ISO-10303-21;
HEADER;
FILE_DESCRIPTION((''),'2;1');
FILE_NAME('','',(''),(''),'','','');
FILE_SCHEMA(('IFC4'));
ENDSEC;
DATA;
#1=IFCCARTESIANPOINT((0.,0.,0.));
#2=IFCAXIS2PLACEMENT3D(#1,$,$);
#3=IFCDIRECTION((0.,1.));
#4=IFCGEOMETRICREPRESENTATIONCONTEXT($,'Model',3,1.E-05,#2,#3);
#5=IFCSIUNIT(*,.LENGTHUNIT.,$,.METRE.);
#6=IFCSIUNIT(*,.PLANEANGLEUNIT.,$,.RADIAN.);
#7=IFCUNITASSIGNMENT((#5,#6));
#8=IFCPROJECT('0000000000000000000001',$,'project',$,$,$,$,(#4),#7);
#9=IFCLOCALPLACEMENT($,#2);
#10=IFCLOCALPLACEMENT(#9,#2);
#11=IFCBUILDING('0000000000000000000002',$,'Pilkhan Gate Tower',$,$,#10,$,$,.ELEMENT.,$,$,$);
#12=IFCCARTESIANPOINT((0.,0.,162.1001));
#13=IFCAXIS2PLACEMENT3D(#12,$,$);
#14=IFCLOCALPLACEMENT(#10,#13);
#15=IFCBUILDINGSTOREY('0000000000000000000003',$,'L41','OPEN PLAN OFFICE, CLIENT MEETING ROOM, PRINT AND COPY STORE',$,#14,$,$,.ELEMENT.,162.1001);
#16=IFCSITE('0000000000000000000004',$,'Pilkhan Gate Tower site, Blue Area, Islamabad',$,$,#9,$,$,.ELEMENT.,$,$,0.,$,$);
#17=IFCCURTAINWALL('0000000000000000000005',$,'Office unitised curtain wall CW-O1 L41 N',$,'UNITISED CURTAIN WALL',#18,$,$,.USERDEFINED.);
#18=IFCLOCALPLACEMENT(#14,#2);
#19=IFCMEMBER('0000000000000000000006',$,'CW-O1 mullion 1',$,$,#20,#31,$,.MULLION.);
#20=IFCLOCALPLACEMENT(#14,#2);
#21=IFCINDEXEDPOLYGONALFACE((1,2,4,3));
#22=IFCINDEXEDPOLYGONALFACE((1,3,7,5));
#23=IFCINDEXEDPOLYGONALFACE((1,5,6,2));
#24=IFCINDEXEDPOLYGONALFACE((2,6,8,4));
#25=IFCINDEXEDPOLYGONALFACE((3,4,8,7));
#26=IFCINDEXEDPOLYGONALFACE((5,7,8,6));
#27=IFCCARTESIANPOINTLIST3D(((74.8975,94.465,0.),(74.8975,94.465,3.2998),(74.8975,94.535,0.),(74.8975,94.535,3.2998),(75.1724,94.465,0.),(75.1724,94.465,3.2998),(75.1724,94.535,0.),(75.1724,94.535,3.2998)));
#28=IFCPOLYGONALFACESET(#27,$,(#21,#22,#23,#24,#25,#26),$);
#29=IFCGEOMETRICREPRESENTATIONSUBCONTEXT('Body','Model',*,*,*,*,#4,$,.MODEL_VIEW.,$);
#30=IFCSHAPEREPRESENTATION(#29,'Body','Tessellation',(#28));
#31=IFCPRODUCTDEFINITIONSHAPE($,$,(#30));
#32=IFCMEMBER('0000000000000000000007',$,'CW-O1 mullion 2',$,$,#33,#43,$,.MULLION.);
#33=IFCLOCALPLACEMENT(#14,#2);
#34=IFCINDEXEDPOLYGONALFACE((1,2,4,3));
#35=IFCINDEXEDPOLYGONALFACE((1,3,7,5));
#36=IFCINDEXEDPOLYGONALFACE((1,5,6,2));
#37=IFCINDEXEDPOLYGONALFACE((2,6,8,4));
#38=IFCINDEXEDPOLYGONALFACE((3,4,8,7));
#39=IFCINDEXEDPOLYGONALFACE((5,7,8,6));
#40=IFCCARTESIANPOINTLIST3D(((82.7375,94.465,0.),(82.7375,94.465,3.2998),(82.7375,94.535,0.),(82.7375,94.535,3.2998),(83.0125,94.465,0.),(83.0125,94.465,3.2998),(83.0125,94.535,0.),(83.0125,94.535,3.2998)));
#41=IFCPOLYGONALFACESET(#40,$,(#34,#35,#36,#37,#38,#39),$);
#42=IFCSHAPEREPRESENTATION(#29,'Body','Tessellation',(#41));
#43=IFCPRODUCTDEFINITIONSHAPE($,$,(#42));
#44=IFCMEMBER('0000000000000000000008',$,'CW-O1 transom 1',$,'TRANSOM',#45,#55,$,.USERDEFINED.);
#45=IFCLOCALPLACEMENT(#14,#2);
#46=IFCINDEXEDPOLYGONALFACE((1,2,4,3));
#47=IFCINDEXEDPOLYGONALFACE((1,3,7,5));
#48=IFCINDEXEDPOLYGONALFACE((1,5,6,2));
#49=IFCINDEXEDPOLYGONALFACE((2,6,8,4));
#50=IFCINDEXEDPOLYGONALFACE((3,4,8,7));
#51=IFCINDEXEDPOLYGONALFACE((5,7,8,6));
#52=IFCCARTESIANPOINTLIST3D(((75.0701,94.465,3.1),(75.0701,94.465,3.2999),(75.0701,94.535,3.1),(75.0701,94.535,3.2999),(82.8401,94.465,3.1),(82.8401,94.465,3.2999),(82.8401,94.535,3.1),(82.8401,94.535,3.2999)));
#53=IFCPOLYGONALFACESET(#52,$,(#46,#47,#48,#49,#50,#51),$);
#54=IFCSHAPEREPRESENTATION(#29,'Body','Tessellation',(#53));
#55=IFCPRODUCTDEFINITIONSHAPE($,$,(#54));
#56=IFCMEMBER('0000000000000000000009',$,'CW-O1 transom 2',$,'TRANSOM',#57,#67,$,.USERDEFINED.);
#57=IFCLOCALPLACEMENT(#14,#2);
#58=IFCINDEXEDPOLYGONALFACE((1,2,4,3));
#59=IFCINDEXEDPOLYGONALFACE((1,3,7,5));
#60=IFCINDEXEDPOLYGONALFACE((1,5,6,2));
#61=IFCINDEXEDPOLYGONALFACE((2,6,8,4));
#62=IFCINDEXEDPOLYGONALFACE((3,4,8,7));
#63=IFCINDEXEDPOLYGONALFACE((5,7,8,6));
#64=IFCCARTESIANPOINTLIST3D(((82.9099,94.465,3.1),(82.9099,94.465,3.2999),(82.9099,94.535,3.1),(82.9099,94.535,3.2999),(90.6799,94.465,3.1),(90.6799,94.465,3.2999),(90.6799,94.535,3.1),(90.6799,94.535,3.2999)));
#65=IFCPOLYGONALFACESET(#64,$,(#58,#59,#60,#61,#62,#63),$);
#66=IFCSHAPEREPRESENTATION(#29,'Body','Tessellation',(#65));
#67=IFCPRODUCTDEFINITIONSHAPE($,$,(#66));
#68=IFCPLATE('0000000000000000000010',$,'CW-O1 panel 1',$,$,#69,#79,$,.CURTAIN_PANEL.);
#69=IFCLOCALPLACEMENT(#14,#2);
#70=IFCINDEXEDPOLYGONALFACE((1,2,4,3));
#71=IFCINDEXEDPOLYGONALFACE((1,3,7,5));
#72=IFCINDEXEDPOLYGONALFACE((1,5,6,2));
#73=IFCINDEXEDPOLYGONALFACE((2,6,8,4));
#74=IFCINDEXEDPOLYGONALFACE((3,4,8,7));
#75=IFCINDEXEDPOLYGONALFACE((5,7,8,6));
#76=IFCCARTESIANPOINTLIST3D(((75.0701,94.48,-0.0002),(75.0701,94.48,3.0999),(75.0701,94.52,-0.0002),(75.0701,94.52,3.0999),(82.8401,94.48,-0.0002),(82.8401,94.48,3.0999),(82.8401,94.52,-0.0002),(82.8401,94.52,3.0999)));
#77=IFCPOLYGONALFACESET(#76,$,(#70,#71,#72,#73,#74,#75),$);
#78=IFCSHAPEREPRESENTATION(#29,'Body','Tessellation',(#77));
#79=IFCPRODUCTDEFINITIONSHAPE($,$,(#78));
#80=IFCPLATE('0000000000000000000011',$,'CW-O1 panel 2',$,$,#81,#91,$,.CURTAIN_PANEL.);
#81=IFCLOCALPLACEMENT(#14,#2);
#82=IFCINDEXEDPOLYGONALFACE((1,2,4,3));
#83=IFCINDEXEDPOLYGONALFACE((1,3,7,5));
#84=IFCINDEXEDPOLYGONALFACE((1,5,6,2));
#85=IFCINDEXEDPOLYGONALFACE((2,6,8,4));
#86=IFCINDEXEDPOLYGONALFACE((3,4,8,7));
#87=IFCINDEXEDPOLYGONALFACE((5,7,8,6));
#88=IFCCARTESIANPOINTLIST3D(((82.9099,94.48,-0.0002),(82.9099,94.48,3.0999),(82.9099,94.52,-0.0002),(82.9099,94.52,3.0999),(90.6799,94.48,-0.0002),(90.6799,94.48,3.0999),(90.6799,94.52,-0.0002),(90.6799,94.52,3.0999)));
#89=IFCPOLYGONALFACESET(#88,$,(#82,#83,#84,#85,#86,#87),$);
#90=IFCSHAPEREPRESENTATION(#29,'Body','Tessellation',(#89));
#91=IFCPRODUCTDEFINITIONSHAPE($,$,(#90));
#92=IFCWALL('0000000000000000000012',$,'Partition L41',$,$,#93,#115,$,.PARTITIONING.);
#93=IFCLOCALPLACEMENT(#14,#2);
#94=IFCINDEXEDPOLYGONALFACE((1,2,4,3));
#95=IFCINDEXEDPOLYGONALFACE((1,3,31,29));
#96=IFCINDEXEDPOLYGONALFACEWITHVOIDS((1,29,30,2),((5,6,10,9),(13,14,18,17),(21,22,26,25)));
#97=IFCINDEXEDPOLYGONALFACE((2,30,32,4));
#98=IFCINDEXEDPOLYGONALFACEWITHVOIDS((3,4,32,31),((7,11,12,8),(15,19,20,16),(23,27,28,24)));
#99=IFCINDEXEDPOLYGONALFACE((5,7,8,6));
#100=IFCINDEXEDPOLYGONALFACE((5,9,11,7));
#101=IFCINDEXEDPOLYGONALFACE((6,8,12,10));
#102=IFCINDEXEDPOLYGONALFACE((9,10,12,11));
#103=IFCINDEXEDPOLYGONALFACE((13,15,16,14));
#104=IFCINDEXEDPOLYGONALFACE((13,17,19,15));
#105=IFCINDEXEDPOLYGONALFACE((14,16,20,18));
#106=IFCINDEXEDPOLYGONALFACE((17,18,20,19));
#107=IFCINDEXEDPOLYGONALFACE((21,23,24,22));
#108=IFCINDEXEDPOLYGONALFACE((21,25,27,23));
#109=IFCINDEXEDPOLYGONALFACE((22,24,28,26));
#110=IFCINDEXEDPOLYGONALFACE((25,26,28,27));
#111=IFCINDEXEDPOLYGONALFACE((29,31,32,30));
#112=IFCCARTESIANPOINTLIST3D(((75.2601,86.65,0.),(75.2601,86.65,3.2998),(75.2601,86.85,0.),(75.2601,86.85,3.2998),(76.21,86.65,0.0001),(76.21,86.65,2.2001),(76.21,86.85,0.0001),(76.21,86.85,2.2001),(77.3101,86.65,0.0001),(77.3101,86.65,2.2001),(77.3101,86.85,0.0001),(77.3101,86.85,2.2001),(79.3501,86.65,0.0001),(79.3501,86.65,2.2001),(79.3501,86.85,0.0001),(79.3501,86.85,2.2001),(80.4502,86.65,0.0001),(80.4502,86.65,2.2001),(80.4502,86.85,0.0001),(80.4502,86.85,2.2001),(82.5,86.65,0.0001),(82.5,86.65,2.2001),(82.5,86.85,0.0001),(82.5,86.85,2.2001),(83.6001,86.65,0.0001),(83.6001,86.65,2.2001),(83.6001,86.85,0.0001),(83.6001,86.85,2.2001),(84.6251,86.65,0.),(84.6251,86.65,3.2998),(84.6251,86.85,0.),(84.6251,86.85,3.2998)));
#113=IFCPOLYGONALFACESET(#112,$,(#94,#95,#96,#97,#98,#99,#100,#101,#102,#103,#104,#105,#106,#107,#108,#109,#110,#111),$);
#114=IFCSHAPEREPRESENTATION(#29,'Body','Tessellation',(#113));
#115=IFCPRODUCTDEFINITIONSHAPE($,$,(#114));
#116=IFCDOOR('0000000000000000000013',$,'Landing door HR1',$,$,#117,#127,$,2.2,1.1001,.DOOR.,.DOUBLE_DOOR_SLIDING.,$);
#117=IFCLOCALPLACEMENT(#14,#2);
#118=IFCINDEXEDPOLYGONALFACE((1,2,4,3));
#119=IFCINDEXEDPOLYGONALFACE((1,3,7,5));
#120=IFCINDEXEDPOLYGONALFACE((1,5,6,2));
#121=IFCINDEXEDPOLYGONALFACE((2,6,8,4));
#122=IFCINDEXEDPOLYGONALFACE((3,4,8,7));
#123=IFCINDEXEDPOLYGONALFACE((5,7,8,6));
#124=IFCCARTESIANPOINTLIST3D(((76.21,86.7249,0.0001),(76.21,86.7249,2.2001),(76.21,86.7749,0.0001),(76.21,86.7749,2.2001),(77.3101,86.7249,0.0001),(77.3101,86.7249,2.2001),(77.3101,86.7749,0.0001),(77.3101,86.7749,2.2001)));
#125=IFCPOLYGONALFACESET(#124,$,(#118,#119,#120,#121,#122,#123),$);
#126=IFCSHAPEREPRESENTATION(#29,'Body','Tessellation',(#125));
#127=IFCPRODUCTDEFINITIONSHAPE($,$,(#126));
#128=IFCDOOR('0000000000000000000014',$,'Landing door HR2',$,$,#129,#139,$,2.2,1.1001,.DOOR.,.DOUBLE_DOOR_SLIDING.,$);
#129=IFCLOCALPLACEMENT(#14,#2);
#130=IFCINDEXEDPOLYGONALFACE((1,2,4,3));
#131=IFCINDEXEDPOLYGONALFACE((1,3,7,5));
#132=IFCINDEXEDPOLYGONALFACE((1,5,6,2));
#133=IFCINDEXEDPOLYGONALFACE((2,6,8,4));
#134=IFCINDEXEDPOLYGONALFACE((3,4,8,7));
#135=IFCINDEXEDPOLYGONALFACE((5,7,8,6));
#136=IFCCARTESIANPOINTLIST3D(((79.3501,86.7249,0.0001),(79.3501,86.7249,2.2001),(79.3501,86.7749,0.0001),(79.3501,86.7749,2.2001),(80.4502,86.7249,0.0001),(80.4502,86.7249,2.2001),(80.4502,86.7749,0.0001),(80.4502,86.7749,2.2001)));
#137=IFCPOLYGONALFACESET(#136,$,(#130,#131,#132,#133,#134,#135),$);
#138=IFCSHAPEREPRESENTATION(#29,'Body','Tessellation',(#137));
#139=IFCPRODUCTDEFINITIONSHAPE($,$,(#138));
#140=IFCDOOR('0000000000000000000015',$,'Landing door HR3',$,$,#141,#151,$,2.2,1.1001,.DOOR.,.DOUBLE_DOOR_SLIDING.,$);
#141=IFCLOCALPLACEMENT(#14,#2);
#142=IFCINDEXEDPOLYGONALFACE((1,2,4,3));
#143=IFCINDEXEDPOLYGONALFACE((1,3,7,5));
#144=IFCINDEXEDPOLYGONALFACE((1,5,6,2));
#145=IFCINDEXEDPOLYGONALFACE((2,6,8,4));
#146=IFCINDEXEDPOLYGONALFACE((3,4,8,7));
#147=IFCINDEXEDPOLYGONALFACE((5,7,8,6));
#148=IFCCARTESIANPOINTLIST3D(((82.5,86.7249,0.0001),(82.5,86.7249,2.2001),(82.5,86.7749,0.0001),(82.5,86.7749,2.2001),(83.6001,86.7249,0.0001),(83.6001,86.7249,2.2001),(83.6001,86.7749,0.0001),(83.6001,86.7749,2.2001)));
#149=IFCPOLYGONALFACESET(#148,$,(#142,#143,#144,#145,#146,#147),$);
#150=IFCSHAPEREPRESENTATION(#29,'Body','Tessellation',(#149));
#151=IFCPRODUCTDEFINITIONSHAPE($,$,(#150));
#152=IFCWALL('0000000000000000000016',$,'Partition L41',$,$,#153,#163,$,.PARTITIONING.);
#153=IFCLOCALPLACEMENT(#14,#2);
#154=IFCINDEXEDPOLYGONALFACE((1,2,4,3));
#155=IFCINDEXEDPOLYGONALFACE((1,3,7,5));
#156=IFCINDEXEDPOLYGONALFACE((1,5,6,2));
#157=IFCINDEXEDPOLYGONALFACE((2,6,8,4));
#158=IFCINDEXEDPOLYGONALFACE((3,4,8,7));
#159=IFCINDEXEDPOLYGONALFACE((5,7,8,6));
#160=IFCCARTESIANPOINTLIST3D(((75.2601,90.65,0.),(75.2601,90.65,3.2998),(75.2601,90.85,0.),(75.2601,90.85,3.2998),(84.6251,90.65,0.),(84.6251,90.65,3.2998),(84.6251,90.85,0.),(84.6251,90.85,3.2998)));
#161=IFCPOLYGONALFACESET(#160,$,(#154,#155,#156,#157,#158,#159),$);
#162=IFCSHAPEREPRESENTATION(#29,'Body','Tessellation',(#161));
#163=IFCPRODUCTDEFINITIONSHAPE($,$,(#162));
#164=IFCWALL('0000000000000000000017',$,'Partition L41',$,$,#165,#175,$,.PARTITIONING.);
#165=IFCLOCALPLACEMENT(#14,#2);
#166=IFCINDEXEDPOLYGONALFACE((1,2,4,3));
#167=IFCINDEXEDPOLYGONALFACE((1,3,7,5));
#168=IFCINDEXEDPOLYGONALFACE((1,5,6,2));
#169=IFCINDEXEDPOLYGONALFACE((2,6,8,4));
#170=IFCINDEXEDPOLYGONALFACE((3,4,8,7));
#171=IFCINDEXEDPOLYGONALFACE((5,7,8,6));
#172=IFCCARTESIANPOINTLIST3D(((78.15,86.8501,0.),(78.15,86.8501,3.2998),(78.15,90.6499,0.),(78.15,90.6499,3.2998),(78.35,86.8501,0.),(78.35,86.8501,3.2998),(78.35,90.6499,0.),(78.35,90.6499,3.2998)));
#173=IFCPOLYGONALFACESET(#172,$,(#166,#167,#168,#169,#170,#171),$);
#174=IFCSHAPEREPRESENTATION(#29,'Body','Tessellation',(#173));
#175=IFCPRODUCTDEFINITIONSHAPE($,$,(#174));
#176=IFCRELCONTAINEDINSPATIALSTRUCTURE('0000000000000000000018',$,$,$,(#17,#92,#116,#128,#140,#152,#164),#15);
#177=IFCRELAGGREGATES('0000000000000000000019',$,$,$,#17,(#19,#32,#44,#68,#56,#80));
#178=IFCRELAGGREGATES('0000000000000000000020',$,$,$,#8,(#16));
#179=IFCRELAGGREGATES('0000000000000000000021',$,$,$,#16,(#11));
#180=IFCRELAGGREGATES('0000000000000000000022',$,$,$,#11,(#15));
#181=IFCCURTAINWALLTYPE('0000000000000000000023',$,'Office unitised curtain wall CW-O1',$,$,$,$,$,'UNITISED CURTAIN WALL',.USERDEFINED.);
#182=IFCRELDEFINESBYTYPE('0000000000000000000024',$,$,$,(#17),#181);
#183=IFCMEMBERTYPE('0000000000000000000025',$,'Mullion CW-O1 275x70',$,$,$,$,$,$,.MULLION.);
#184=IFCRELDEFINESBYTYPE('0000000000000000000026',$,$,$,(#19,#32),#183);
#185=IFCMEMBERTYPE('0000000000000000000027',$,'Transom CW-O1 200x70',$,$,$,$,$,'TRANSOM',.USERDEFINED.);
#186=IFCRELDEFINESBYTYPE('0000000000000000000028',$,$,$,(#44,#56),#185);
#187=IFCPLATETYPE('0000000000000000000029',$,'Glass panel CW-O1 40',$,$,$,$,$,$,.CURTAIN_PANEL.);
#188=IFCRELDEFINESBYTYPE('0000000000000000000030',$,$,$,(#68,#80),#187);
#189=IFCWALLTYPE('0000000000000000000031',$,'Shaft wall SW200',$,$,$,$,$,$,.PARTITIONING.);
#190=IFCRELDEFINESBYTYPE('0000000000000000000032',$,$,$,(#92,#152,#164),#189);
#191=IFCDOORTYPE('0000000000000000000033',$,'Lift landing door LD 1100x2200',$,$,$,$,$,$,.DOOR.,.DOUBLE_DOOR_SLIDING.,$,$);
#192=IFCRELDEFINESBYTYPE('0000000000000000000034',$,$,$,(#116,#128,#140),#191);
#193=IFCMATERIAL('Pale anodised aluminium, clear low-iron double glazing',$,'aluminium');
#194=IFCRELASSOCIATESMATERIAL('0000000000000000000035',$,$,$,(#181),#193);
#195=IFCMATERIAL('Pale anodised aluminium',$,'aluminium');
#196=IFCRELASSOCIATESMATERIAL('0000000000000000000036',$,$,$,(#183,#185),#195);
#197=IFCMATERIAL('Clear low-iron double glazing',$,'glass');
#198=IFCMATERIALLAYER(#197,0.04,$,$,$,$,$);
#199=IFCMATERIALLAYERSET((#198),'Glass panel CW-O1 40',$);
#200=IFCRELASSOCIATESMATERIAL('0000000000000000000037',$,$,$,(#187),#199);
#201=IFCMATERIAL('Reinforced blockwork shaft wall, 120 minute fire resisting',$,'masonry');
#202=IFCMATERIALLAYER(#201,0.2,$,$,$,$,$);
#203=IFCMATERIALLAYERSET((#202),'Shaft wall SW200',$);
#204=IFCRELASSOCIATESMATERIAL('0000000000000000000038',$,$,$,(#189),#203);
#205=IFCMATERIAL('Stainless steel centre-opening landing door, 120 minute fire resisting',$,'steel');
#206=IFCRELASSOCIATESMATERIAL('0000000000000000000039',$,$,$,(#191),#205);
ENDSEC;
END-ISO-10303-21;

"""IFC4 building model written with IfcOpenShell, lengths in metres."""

from ifc_helpers import new_model, si_unit, direction, frame, frame_2d, origin, origin_2d, place, context, subcontext, project, spatial, rectangle, extrude, material, layer, layer_set, material_profile, profile_set, type_object, element, fill, aggregate, save


model = new_model("IFC4")

# Units and contexts
model_context = context("Model", 3, precision=1e-05, world=origin(), true_north=direction((0.0, 1.0)))
body_context = subcontext(model_context, "Body", "Model", "MODEL_VIEW")
ifc_project = project(units=[si_unit("LENGTHUNIT", "METRE"), si_unit("PLANEANGLEUNIT", "RADIAN")], contexts=[model_context])

# Site, building, storey
site_placement = place(None, origin())
site = spatial("IfcSite", under=ifc_project, at=site_placement, Name="Pilkhan Gate Tower site, Blue Area, Islamabad", CompositionType="ELEMENT", RefElevation=0.0)
building_placement = place(site_placement, origin())
building = spatial("IfcBuilding", under=site, at=building_placement, Name="Pilkhan Gate Tower", CompositionType="ELEMENT")
storey_placement = place(building_placement, frame((0.0, 0.0, 162.1001)))
storey = spatial("IfcBuildingStorey", under=building, at=storey_placement, Name="L41", Description="OPEN PLAN OFFICE, CLIENT MEETING ROOM, PRINT AND COPY STORE", CompositionType="ELEMENT", Elevation=162.1001)

# Curtain wall, members, plates
ifc_material_1 = material(Name="Pale anodised aluminium, clear low-iron double glazing", Category="aluminium")
curtain_wall_type = type_object("IfcCurtainWallType", Name="Office unitised curtain wall CW-O1", ElementType="UNITISED CURTAIN WALL", PredefinedType="USERDEFINED", material=ifc_material_1)
curtain_wall_placement = place(storey_placement, origin())
curtain_wall = element("IfcCurtainWall", 1, at=curtain_wall_placement, inside=storey, type_object=curtain_wall_type, Name="Office unitised curtain wall CW-O1 L41 N", ObjectType="UNITISED CURTAIN WALL", PredefinedType="USERDEFINED")
ifc_material_2 = material(Name="Pale anodised aluminium", Category="aluminium")
ifc_material_profile_1 = material_profile(ifc_material_2, rectangle(XDim=0.0701, YDim=0.2749, at=origin_2d()), Name="Mullion 275x70")
ifc_profile_set_1 = profile_set([ifc_material_profile_1], Name="Pale anodised aluminium")
member_type_1 = type_object("IfcMemberType", Name="Mullion CW-O1 275x70", PredefinedType="MULLION", material=ifc_profile_set_1)
member_1_placement = place(storey_placement, frame((75.0349, 94.5, 0.0), z_axis=(0.0, 0.0, 1.0), x_axis=(0.0, 1.0, 0.0)))
member_1 = element("IfcMember", 2, at=member_1_placement, type_object=member_type_1, Name="CW-O1 mullion 1", PredefinedType="MULLION", context=body_context, shape_type="SweptSolid", body=[
    extrude(rectangle(XDim=0.0701, YDim=0.2749, at=origin_2d()), origin(), (0.0, 0.0, 1.0), 3.2998),
])
member_2_placement = place(storey_placement, frame((82.875, 94.5, 0.0), z_axis=(0.0, 0.0, 1.0), x_axis=(0.0, 1.0, 0.0)))
member_2 = element("IfcMember", 3, at=member_2_placement, type_object=member_type_1, Name="CW-O1 mullion 2", PredefinedType="MULLION", context=body_context, shape_type="SweptSolid", body=[
    extrude(rectangle(XDim=0.0701, YDim=0.2749, at=origin_2d()), origin(), (0.0, 0.0, 1.0), 3.2998),
])
ifc_material_profile_2 = material_profile(ifc_material_2, rectangle(XDim=0.0701, YDim=0.2, at=origin_2d()), Name="Transom 200x70")
ifc_profile_set_2 = profile_set([ifc_material_profile_2], Name="Pale anodised aluminium")
member_type_2 = type_object("IfcMemberType", Name="Transom CW-O1 200x70", ElementType="TRANSOM", PredefinedType="USERDEFINED", material=ifc_profile_set_2)
member_3_placement = place(storey_placement, frame((75.0701, 94.5, 3.2), z_axis=(1.0, 0.0, 0.0), x_axis=(0.0, 1.0, 0.0)))
member_3 = element("IfcMember", 4, at=member_3_placement, type_object=member_type_2, Name="CW-O1 transom 1", ObjectType="TRANSOM", PredefinedType="USERDEFINED", context=body_context, shape_type="SweptSolid", body=[
    extrude(rectangle(XDim=0.0701, YDim=0.2, at=origin_2d()), origin(), (0.0, 0.0, 1.0), 7.77),
])
member_4_placement = place(storey_placement, frame((82.9099, 94.5, 3.2), z_axis=(1.0, 0.0, 0.0), x_axis=(0.0, 1.0, 0.0)))
member_4 = element("IfcMember", 5, at=member_4_placement, type_object=member_type_2, Name="CW-O1 transom 2", ObjectType="TRANSOM", PredefinedType="USERDEFINED", context=body_context, shape_type="SweptSolid", body=[
    extrude(rectangle(XDim=0.0701, YDim=0.2, at=origin_2d()), origin(), (0.0, 0.0, 1.0), 7.77),
])
ifc_material_3 = material(Name="Clear low-iron double glazing", Category="glass")
ifc_layer_1 = layer(ifc_material_3, 0.04)
ifc_layer_set_1 = layer_set([ifc_layer_1], Name="Glass panel CW-O1 40")
plate_type = type_object("IfcPlateType", Name="Glass panel CW-O1 40", PredefinedType="CURTAIN_PANEL", material=ifc_layer_set_1)
plate_1_placement = place(storey_placement, frame((78.9551, 94.5, -0.0002), z_axis=(0.0, 0.0, 1.0), x_axis=(1.0, 0.0, 0.0)))
plate_1 = element("IfcPlate", 6, at=plate_1_placement, type_object=plate_type, Name="CW-O1 panel 1", PredefinedType="CURTAIN_PANEL", context=body_context, shape_type="SweptSolid", body=[
    extrude(rectangle(XDim=7.77, YDim=0.04, at=origin_2d()), origin(), (0.0, 0.0, 1.0), 3.1001),
])
plate_2_placement = place(storey_placement, frame((86.7949, 94.5, -0.0002), z_axis=(0.0, 0.0, 1.0), x_axis=(1.0, 0.0, 0.0)))
plate_2 = element("IfcPlate", 7, at=plate_2_placement, type_object=plate_type, Name="CW-O1 panel 2", PredefinedType="CURTAIN_PANEL", context=body_context, shape_type="SweptSolid", body=[
    extrude(rectangle(XDim=7.77, YDim=0.04, at=origin_2d()), origin(), (0.0, 0.0, 1.0), 3.1001),
])
aggregate(curtain_wall, [member_1, member_2, member_3, plate_1, member_4, plate_2])

# Wall, openings, doors
ifc_material_4 = material(Name="Reinforced blockwork shaft wall, 120 minute fire resisting", Category="masonry")
ifc_layer_2 = layer(ifc_material_4, 0.2)
ifc_layer_set_2 = layer_set([ifc_layer_2], Name="Shaft wall SW200")
wall_type_1 = type_object("IfcWallType", Name="Shaft wall SW200", PredefinedType="PARTITIONING", material=ifc_layer_set_2)
wall_1_placement = place(storey_placement, frame((75.26, 86.75, 0.0), z_axis=(0.0, 0.0, 1.0), x_axis=(1.0, 0.0, 0.0)))
wall_1 = element("IfcWall", 8, at=wall_1_placement, inside=storey, type_object=wall_type_1, Name="Partition L41", PredefinedType="PARTITIONING", context=body_context, shape_type="SweptSolid", body=[
    extrude(rectangle(XDim=9.365, YDim=0.2, at=frame_2d((4.6826, 0.0))), origin(), (0.0, 0.0, 1.0), 3.2998),
])
opening_1_placement = place(wall_1_placement, frame((0.95, 0.0, 0.0)))
opening_1 = element("IfcOpeningElement", 9, at=opening_1_placement, cuts=wall_1, PredefinedType="OPENING", context=body_context, shape_type="SweptSolid", body=[
    extrude(rectangle(XDim=1.1001, YDim=2.2, at=frame_2d((0.55, 1.1001))), frame((0.0, 0.1099, 0.0), z_axis=(0.0, -1.0, 0.0), x_axis=(1.0, 0.0, 0.0)), (0.0, 0.0, 1.0), 0.22),
])
opening_2_placement = place(wall_1_placement, frame((4.0901, 0.0, 0.0)))
opening_2 = element("IfcOpeningElement", 10, at=opening_2_placement, cuts=wall_1, PredefinedType="OPENING", context=body_context, shape_type="SweptSolid", body=[
    extrude(rectangle(XDim=1.1001, YDim=2.2, at=frame_2d((0.55, 1.1001))), frame((0.0, 0.1099, 0.0), z_axis=(0.0, -1.0, 0.0), x_axis=(1.0, 0.0, 0.0)), (0.0, 0.0, 1.0), 0.22),
])
opening_3_placement = place(wall_1_placement, frame((7.24, 0.0, 0.0)))
opening_3 = element("IfcOpeningElement", 11, at=opening_3_placement, cuts=wall_1, PredefinedType="OPENING", context=body_context, shape_type="SweptSolid", body=[
    extrude(rectangle(XDim=1.1001, YDim=2.2, at=frame_2d((0.55, 1.1001))), frame((0.0, 0.1099, 0.0), z_axis=(0.0, -1.0, 0.0), x_axis=(1.0, 0.0, 0.0)), (0.0, 0.0, 1.0), 0.22),
])
ifc_material_5 = material(Name="Stainless steel centre-opening landing door, 120 minute fire resisting", Category="steel")
door_type = type_object("IfcDoorType", Name="Lift landing door LD 1100x2200", OperationType="DOUBLE_DOOR_SLIDING", PredefinedType="DOOR", material=ifc_material_5)
door_1_placement = place(opening_1_placement, origin())
door_1 = element("IfcDoor", 12, at=door_1_placement, inside=storey, type_object=door_type, Name="Landing door HR1", OperationType="DOUBLE_DOOR_SLIDING", OverallHeight=2.2, OverallWidth=1.1001, PredefinedType="DOOR", context=body_context, shape_type="SweptSolid", body=[
    extrude(rectangle(XDim=1.1001, YDim=2.2, at=frame_2d((0.55, 1.1001))), frame((0.0, 0.0249, 0.0), z_axis=(0.0, -1.0, 0.0), x_axis=(1.0, 0.0, 0.0)), (0.0, 0.0, 1.0), 0.05),
])
fill(opening_1, door_1)
door_2_placement = place(opening_2_placement, origin())
door_2 = element("IfcDoor", 13, at=door_2_placement, inside=storey, type_object=door_type, Name="Landing door HR2", OperationType="DOUBLE_DOOR_SLIDING", OverallHeight=2.2, OverallWidth=1.1001, PredefinedType="DOOR", context=body_context, shape_type="SweptSolid", body=[
    extrude(rectangle(XDim=1.1001, YDim=2.2, at=frame_2d((0.55, 1.1001))), frame((0.0, 0.0249, 0.0), z_axis=(0.0, -1.0, 0.0), x_axis=(1.0, 0.0, 0.0)), (0.0, 0.0, 1.0), 0.05),
])
fill(opening_2, door_2)
door_3_placement = place(opening_3_placement, origin())
door_3 = element("IfcDoor", 14, at=door_3_placement, inside=storey, type_object=door_type, Name="Landing door HR3", OperationType="DOUBLE_DOOR_SLIDING", OverallHeight=2.2, OverallWidth=1.1001, PredefinedType="DOOR", context=body_context, shape_type="SweptSolid", body=[
    extrude(rectangle(XDim=1.1001, YDim=2.2, at=frame_2d((0.55, 1.1001))), frame((0.0, 0.0249, 0.0), z_axis=(0.0, -1.0, 0.0), x_axis=(1.0, 0.0, 0.0)), (0.0, 0.0, 1.0), 0.05),
])
fill(opening_3, door_3)

# Walls
wall_2_placement = place(storey_placement, frame((75.26, 90.75, 0.0), z_axis=(0.0, 0.0, 1.0), x_axis=(1.0, 0.0, 0.0)))
element("IfcWall", 15, at=wall_2_placement, inside=storey, type_object=wall_type_1, Name="Partition L41", PredefinedType="PARTITIONING", context=body_context, shape_type="SweptSolid", body=[
    extrude(rectangle(XDim=9.365, YDim=0.2, at=frame_2d((4.6826, 0.0))), origin(), (0.0, 0.0, 1.0), 3.2998),
])
for number, where, z_axis, x_axis, name in (
    (16, (78.25, 86.8501, 0.0), (0.0, 0.0, 1.0), (0.0, 1.0, 0.0), "Partition L41"),
):
    element("IfcWall", number, at=place(storey_placement, frame(where, z_axis=z_axis, x_axis=x_axis)), inside=storey, type_object=wall_type_1, Name=name, PredefinedType="PARTITIONING", context=body_context, shape_type="SweptSolid", body=[
        extrude(rectangle(XDim=3.7998, YDim=0.2, at=frame_2d((1.8999, 0.0))), origin(), (0.0, 0.0, 1.0), 3.2998),
    ])

save(model, "model.ifc")
